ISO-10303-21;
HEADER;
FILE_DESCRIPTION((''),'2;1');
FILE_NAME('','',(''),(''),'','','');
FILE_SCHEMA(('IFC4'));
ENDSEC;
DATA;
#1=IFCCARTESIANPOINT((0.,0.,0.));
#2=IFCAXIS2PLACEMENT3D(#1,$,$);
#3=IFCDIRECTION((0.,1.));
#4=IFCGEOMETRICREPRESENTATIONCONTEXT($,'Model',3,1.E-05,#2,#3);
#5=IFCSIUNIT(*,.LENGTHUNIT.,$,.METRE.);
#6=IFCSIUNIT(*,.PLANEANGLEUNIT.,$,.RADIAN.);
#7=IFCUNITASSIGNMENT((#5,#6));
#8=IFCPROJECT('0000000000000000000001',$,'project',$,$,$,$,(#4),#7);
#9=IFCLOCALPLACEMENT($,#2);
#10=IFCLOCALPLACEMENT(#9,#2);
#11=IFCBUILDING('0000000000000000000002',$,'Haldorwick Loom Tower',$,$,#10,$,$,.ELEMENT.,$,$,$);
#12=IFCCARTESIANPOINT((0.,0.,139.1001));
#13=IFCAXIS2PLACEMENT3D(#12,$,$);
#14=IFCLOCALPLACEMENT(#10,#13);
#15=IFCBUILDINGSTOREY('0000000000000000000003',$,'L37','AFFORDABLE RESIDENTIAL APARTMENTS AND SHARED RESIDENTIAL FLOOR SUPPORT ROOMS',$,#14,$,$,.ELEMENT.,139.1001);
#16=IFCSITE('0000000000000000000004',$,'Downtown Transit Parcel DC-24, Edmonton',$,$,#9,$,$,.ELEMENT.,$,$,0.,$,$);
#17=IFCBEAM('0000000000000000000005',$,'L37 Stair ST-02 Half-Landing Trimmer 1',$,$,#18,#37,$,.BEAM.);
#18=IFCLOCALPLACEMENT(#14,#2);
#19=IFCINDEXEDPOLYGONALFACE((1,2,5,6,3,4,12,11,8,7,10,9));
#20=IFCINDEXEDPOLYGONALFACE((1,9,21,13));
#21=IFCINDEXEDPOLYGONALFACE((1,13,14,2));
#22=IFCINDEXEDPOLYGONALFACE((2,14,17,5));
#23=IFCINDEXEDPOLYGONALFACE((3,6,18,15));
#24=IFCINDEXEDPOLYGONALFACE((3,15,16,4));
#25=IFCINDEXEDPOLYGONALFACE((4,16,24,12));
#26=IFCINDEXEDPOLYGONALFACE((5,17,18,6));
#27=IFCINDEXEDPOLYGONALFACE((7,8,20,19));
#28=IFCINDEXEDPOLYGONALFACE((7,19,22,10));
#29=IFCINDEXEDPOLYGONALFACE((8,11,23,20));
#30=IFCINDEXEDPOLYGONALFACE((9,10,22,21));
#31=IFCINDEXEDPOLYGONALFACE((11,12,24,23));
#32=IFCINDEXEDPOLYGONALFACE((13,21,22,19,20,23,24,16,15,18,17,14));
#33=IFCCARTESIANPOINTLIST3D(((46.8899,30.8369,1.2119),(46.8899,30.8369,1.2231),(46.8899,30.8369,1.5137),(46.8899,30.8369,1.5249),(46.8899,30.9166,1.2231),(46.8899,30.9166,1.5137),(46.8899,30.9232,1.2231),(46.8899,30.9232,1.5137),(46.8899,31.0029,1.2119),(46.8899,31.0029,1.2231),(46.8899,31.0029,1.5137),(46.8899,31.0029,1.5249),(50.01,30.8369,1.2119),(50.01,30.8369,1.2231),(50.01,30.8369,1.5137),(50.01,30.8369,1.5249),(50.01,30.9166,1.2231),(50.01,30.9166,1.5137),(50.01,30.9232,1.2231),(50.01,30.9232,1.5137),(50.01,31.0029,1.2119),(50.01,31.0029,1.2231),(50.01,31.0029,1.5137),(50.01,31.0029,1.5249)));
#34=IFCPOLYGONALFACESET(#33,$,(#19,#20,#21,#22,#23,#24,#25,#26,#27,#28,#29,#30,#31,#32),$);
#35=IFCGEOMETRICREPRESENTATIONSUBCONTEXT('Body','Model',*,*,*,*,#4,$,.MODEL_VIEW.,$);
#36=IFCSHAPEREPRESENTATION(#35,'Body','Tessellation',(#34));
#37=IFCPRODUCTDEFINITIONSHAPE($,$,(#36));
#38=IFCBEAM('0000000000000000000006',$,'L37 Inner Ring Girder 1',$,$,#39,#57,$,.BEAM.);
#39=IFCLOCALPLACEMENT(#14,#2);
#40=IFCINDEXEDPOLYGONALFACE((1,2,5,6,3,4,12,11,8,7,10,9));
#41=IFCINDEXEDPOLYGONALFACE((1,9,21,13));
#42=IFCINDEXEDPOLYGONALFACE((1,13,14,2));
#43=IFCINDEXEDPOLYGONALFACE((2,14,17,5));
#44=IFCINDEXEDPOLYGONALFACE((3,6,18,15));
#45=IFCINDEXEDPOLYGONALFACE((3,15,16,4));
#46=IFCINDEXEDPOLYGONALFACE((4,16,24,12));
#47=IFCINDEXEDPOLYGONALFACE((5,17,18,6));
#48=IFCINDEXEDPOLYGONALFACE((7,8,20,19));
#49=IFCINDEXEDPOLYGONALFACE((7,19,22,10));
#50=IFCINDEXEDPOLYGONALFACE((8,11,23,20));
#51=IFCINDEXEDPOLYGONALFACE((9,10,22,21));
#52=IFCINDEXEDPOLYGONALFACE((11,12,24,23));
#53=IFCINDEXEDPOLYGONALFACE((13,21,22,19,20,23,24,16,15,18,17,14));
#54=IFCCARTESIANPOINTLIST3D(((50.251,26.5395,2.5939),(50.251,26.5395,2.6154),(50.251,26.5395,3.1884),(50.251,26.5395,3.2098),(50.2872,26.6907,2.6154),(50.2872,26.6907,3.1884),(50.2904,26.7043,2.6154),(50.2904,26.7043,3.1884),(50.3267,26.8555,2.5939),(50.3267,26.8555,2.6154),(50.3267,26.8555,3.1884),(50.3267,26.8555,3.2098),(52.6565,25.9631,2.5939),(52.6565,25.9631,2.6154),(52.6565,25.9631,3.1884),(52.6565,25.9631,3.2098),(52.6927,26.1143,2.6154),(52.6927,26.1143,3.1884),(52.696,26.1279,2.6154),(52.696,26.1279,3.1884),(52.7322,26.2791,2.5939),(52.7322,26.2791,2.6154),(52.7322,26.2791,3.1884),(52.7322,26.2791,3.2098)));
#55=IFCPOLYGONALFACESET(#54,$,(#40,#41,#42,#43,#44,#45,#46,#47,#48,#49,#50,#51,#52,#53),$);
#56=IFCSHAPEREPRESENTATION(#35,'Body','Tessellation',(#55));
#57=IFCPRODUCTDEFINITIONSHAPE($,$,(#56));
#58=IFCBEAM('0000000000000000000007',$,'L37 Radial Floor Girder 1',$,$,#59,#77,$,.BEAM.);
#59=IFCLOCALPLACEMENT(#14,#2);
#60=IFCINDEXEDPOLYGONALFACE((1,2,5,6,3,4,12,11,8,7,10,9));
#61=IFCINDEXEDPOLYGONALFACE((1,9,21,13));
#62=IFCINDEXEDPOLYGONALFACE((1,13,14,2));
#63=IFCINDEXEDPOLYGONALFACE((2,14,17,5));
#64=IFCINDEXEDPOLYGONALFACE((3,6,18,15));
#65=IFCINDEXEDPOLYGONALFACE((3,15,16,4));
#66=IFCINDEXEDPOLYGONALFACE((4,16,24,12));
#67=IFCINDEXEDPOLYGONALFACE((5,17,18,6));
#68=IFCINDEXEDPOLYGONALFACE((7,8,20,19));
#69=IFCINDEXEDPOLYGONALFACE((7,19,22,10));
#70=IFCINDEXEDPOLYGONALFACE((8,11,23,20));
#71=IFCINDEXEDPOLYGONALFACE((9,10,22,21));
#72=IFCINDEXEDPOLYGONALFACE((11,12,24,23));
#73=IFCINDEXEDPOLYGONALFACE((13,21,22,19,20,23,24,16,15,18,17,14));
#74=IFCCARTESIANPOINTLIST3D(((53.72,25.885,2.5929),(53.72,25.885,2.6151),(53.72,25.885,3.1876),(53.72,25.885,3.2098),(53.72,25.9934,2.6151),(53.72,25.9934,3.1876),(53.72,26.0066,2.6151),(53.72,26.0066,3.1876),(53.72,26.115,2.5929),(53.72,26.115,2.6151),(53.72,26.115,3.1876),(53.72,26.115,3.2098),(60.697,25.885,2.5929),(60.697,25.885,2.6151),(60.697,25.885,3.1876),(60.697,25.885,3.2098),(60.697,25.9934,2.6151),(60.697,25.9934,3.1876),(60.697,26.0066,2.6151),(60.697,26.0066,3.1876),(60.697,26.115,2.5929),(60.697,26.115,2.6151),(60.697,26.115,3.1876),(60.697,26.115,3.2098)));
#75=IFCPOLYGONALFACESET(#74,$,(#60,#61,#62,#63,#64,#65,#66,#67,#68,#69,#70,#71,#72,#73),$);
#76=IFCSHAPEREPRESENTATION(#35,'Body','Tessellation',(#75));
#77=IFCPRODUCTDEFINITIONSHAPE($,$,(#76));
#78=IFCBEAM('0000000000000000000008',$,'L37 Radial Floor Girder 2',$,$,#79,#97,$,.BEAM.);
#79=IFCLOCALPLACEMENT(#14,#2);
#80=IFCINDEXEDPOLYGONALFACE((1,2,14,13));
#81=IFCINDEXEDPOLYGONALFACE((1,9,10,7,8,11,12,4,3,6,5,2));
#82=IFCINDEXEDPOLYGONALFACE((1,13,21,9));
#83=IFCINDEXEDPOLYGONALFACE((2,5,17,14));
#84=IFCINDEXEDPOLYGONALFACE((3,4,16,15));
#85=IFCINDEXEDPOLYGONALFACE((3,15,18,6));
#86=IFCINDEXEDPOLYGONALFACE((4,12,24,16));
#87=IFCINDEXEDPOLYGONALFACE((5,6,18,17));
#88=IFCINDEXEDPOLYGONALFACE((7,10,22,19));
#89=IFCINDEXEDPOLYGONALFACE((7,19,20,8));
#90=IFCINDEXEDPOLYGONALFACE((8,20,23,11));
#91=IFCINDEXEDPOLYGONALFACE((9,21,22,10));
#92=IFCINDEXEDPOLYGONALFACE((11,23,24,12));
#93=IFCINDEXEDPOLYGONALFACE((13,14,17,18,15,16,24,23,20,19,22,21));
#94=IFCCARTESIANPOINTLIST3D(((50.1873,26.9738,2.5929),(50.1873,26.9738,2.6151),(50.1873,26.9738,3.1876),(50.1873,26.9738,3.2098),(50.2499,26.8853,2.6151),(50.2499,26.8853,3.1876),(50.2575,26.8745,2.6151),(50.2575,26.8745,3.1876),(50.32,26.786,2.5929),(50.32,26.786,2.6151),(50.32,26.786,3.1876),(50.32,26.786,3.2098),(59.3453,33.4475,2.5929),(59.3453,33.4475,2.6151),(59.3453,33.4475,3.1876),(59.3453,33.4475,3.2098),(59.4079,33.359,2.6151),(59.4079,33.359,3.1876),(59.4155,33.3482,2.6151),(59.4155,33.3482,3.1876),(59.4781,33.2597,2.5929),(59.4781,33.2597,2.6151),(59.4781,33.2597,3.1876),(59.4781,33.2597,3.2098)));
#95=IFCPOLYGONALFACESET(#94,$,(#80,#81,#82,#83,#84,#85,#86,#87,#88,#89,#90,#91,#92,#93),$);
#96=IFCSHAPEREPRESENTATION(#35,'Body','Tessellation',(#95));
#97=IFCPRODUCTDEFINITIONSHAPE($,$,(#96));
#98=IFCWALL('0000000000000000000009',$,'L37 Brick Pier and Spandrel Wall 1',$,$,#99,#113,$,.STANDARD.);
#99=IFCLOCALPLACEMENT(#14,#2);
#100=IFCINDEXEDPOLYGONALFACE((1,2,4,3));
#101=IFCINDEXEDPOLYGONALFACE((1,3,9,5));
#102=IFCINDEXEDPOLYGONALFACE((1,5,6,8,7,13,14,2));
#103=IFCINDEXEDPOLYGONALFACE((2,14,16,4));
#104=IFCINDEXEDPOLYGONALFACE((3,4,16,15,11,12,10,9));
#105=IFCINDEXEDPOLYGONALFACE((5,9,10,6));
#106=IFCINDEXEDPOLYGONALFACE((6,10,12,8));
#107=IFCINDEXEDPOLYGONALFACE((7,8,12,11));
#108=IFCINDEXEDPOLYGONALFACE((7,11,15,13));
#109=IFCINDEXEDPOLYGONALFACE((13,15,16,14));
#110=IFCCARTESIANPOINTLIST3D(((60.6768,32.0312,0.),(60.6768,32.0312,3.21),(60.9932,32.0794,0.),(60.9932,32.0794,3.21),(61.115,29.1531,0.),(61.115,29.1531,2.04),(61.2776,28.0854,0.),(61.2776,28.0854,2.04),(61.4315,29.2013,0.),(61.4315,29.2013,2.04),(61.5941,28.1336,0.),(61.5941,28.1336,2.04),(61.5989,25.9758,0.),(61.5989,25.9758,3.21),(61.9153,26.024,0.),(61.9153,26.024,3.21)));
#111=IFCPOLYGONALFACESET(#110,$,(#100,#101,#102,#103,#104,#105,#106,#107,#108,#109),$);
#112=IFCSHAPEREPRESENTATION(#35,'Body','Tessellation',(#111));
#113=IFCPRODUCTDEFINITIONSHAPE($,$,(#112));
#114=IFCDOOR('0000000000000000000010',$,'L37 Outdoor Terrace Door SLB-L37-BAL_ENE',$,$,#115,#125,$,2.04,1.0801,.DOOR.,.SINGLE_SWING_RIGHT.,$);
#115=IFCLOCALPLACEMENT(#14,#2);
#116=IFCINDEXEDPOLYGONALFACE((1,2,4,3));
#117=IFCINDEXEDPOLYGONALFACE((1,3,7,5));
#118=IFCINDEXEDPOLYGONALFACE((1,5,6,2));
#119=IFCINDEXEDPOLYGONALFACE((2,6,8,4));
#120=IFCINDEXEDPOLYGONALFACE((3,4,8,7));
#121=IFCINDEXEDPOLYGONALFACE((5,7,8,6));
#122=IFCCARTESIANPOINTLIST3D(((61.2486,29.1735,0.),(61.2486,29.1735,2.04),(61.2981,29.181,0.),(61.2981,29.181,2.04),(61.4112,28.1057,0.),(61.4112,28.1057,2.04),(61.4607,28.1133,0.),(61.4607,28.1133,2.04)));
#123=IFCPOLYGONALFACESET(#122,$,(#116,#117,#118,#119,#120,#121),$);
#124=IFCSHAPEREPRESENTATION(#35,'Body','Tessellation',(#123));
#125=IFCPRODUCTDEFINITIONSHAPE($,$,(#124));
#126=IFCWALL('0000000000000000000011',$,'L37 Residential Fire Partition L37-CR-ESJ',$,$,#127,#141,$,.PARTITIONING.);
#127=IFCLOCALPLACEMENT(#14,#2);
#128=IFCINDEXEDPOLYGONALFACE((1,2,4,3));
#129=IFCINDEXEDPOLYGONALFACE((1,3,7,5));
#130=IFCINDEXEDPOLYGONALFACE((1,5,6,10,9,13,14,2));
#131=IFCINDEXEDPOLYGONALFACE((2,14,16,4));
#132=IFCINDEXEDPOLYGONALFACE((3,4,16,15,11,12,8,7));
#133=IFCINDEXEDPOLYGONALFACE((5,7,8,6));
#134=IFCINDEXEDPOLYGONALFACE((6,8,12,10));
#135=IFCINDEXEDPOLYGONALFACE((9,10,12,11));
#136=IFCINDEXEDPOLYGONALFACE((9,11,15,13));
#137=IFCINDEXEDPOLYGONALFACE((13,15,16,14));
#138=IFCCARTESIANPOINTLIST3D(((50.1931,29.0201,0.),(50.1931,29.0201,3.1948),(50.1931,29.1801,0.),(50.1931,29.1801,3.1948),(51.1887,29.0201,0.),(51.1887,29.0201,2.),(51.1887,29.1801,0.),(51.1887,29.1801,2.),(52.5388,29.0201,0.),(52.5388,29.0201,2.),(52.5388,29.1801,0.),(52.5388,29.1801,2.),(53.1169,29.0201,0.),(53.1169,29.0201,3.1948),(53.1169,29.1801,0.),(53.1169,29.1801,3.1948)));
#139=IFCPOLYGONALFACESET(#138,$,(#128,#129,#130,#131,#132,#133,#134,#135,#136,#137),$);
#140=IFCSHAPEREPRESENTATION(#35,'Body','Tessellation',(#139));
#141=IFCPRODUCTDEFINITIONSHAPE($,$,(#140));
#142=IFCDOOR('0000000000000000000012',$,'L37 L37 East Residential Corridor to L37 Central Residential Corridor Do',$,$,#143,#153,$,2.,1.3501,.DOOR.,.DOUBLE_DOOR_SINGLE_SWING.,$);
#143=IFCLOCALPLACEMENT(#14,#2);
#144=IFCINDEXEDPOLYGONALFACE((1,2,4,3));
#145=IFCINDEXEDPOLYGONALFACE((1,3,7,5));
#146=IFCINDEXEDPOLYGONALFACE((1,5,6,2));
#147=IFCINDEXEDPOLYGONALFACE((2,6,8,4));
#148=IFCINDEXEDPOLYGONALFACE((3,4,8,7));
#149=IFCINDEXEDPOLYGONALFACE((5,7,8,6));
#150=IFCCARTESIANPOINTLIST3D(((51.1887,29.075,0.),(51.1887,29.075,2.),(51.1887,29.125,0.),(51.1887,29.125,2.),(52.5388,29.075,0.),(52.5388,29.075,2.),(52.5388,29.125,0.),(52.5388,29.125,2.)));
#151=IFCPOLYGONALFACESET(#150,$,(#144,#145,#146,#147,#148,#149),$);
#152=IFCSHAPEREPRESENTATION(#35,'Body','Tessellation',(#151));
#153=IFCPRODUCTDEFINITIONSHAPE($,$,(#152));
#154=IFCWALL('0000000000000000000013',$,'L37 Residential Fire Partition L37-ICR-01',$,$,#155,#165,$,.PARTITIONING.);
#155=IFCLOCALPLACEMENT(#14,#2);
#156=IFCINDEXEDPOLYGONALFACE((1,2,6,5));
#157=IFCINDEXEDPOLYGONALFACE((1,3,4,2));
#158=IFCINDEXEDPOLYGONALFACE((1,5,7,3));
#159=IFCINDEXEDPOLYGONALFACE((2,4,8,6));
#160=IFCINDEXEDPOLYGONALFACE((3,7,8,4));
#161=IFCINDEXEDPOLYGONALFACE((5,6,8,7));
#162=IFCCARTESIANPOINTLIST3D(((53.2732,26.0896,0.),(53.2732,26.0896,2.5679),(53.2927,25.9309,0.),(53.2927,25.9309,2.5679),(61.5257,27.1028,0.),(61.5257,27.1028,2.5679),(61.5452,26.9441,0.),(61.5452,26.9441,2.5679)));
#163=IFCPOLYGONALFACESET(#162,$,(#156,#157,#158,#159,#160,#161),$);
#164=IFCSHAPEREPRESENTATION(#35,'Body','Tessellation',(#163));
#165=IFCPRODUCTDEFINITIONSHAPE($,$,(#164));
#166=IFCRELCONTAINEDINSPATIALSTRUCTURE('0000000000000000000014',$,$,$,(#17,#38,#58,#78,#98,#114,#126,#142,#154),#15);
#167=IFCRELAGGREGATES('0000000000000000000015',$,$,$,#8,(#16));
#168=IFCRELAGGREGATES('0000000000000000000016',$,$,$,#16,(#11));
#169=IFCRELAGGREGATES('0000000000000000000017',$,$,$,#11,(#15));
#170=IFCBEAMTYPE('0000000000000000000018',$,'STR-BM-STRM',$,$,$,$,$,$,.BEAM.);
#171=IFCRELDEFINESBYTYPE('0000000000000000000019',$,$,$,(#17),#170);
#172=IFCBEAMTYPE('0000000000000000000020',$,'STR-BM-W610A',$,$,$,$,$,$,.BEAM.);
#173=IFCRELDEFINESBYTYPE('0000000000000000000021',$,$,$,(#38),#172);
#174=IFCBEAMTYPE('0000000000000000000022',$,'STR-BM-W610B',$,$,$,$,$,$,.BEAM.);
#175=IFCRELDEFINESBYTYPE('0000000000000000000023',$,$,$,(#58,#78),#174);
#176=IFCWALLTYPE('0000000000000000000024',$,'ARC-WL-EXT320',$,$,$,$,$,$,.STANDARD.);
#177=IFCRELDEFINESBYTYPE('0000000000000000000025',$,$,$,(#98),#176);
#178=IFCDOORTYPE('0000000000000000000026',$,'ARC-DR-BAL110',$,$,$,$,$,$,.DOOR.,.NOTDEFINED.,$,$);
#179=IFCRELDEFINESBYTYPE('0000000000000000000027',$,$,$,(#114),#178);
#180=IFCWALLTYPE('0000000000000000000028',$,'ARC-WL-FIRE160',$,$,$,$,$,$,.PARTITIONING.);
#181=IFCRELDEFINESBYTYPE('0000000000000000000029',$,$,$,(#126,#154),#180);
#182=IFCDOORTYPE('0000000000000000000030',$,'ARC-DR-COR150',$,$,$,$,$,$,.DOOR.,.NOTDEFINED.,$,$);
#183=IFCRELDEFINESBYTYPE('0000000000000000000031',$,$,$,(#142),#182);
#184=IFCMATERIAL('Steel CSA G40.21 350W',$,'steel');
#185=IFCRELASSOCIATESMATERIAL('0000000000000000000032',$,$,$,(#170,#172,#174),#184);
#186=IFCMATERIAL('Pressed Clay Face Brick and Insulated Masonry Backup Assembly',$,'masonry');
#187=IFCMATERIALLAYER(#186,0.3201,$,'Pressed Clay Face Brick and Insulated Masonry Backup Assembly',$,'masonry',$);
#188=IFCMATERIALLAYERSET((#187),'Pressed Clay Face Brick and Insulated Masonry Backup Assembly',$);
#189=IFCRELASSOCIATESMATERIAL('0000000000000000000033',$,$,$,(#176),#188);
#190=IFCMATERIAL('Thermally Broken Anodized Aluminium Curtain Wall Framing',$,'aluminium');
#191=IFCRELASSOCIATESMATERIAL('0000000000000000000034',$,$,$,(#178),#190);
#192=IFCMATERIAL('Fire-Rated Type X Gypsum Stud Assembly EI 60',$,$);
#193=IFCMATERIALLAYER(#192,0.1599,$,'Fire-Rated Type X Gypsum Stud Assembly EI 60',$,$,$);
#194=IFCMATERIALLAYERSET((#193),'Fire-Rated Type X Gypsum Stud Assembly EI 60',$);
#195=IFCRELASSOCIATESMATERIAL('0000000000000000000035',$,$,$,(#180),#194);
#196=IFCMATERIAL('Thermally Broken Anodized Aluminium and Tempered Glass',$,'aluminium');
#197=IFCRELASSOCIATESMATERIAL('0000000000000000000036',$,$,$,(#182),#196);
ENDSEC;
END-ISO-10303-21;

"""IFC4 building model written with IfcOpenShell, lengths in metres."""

from ifc_helpers import new_model, si_unit, direction, frame, frame_2d, origin, origin_2d, place, context, subcontext, project, spatial, rectangle, i_section, extrude, material, layer, layer_set, material_profile, profile_set, type_object, element, fill, save


model = new_model("IFC4")

# Units and contexts
model_context = context("Model", 3, precision=1e-05, world=origin(), true_north=direction((0.0, 1.0)))
body_context = subcontext(model_context, "Body", "Model", "MODEL_VIEW")
ifc_project = project(units=[si_unit("LENGTHUNIT", "METRE"), si_unit("PLANEANGLEUNIT", "RADIAN")], contexts=[model_context])

# Site, building, storey
site_placement = place(None, origin())
site = spatial("IfcSite", under=ifc_project, at=site_placement, Name="Downtown Transit Parcel DC-24, Edmonton", CompositionType="ELEMENT", RefElevation=0.0)
building_placement = place(site_placement, origin())
building = spatial("IfcBuilding", under=site, at=building_placement, Name="Haldorwick Loom Tower", CompositionType="ELEMENT")
storey_placement = place(building_placement, frame((0.0, 0.0, 139.1001)))
storey = spatial("IfcBuildingStorey", under=building, at=storey_placement, Name="L37", Description="AFFORDABLE RESIDENTIAL APARTMENTS AND SHARED RESIDENTIAL FLOOR SUPPORT ROOMS", CompositionType="ELEMENT", Elevation=139.1001)

# Beams
ifc_material_1 = material(Name="Steel CSA G40.21 350W", Category="steel")
ifc_material_profile_1 = material_profile(ifc_material_1, i_section(OverallWidth=0.166, OverallDepth=0.313, WebThickness=0.0066, FlangeThickness=0.0112, at=origin_2d()), Name="W310X45", Category="steel")
ifc_profile_set_1 = profile_set([ifc_material_profile_1], Name="Steel CSA G40.21 350W")
beam_type_1 = type_object("IfcBeamType", Name="STR-BM-STRM", PredefinedType="BEAM", material=ifc_profile_set_1)
beam_1_placement = place(storey_placement, frame((46.8899, 30.9199, 1.3684), z_axis=(1.0, 0.0, 0.0), x_axis=(0.0, 1.0, 0.0)))
element("IfcBeam", 1, at=beam_1_placement, inside=storey, type_object=beam_type_1, Name="L37 Stair ST-02 Half-Landing Trimmer 1", PredefinedType="BEAM", context=body_context, shape_type="SweptSolid", body=[
    extrude(i_section(OverallWidth=0.166, OverallDepth=0.313, WebThickness=0.0066, FlangeThickness=0.0112, at=origin_2d()), origin(), (0.0, 0.0, 1.0), 3.1201),
])
ifc_material_profile_2 = material_profile(ifc_material_1, i_section(OverallWidth=0.325, OverallDepth=0.616, WebThickness=0.0139, FlangeThickness=0.0215, at=origin_2d()), Name="W610X174", Category="steel")
ifc_profile_set_2 = profile_set([ifc_material_profile_2], Name="Steel CSA G40.21 350W")
beam_type_2 = type_object("IfcBeamType", Name="STR-BM-W610A", PredefinedType="BEAM", material=ifc_profile_set_2)
beam_2_placement = place(storey_placement, frame((50.2888, 26.6975, 2.9019), z_axis=(0.972471, -0.233026, 0.0), x_axis=(0.233026, 0.972471, 0.0)))
element("IfcBeam", 2, at=beam_2_placement, inside=storey, type_object=beam_type_2, Name="L37 Inner Ring Girder 1", PredefinedType="BEAM", context=body_context, shape_type="SweptSolid", body=[
    extrude(i_section(OverallWidth=0.325, OverallDepth=0.616, WebThickness=0.0139, FlangeThickness=0.0215, at=origin_2d()), origin(), (0.0, 0.0, 1.0), 2.4736),
])
ifc_material_profile_3 = material_profile(ifc_material_1, i_section(OverallWidth=0.23, OverallDepth=0.6169, WebThickness=0.0132, FlangeThickness=0.0222, at=origin_2d()), Name="W610X140", Category="steel")
ifc_profile_set_3 = profile_set([ifc_material_profile_3], Name="Steel CSA G40.21 350W")
beam_type_3 = type_object("IfcBeamType", Name="STR-BM-W610B", PredefinedType="BEAM", material=ifc_profile_set_3)
beam_3_placement = place(storey_placement, frame((53.72, 26.0, 2.9014), z_axis=(1.0, 0.0, 0.0), x_axis=(0.0, 1.0, 0.0)))
element("IfcBeam", 3, at=beam_3_placement, inside=storey, type_object=beam_type_3, Name="L37 Radial Floor Girder 1", PredefinedType="BEAM", context=body_context, shape_type="SweptSolid", body=[
    extrude(i_section(OverallWidth=0.23, OverallDepth=0.6169, WebThickness=0.0132, FlangeThickness=0.0222, at=origin_2d()), origin(), (0.0, 0.0, 1.0), 6.9771),
])
beam_4_placement = place(storey_placement, frame((50.2537, 26.8799, 2.9014), z_axis=(0.816582, 0.57723, 0.0), x_axis=(-0.57723, 0.816582, 0.0)))
element("IfcBeam", 4, at=beam_4_placement, inside=storey, type_object=beam_type_3, Name="L37 Radial Floor Girder 2", PredefinedType="BEAM", context=body_context, shape_type="SweptSolid", body=[
    extrude(i_section(OverallWidth=0.23, OverallDepth=0.6169, WebThickness=0.0132, FlangeThickness=0.0222, at=origin_2d()), origin(), (0.0, 0.0, 1.0), 11.2151),
])

# Walls, openings, doors
ifc_material_2 = material(Name="Pressed Clay Face Brick and Insulated Masonry Backup Assembly", Category="masonry")
ifc_layer_1 = layer(ifc_material_2, 0.3201, Name="Pressed Clay Face Brick and Insulated Masonry Backup Assembly", Category="masonry")
ifc_layer_set_1 = layer_set([ifc_layer_1], Name="Pressed Clay Face Brick and Insulated Masonry Backup Assembly")
wall_type_1 = type_object("IfcWallType", Name="ARC-WL-EXT320", PredefinedType="STANDARD", material=ifc_layer_set_1)
wall_1_placement = place(storey_placement, frame((61.7571, 26.0, 0.0), z_axis=(0.0, 0.0, 1.0), x_axis=(-0.150544, 0.988603, 0.0)))
wall_1 = element("IfcWall", 5, at=wall_1_placement, inside=storey, type_object=wall_type_1, Name="L37 Brick Pier and Spandrel Wall 1", PredefinedType="STANDARD", context=body_context, shape_type="SweptSolid", body=[
    extrude(rectangle(XDim=6.1252, YDim=0.3201, at=frame_2d((3.0625, 0.0))), origin(), (0.0, 0.0, 1.0), 3.21),
])
opening_1_placement = place(wall_1_placement, frame((2.1338, 0.0, 0.0)))
opening_1 = element("IfcOpeningElement", 6, at=opening_1_placement, cuts=wall_1, PredefinedType="OPENING", context=body_context, shape_type="SweptSolid", body=[
    extrude(rectangle(XDim=1.0801, YDim=2.04, at=frame_2d((0.54, 1.02))), frame((0.0, 0.1699, 0.0), z_axis=(0.0, -1.0, 0.0), x_axis=(1.0, 0.0, 0.0)), (0.0, 0.0, 1.0), 0.3401),
])
ifc_material_3 = material(Name="Thermally Broken Anodized Aluminium Curtain Wall Framing", Category="aluminium")
door_type_1 = type_object("IfcDoorType", Name="ARC-DR-BAL110", OperationType="NOTDEFINED", PredefinedType="DOOR", material=ifc_material_3)
door_1_placement = place(opening_1_placement, origin())
door_1 = element("IfcDoor", 7, at=door_1_placement, inside=storey, type_object=door_type_1, Name="L37 Outdoor Terrace Door SLB-L37-BAL_ENE", OperationType="SINGLE_SWING_RIGHT", OverallHeight=2.04, OverallWidth=1.0801, PredefinedType="DOOR", context=body_context, shape_type="SweptSolid", body=[
    extrude(rectangle(XDim=1.0801, YDim=2.04, at=frame_2d((0.54, 1.02))), frame((0.0, 0.0249, 0.0), z_axis=(0.0, -1.0, 0.0), x_axis=(1.0, 0.0, 0.0)), (0.0, 0.0, 1.0), 0.05),
])
fill(opening_1, door_1)
ifc_material_4 = material(Name="Fire-Rated Type X Gypsum Stud Assembly EI 60")
ifc_layer_2 = layer(ifc_material_4, 0.1599, Name="Fire-Rated Type X Gypsum Stud Assembly EI 60")
ifc_layer_set_2 = layer_set([ifc_layer_2], Name="Fire-Rated Type X Gypsum Stud Assembly EI 60")
wall_type_2 = type_object("IfcWallType", Name="ARC-WL-FIRE160", PredefinedType="PARTITIONING", material=ifc_layer_set_2)
wall_2_placement = place(storey_placement, frame((50.1931, 29.1001, 0.0), z_axis=(0.0, 0.0, 1.0), x_axis=(1.0, 0.0, 0.0)))
wall_2 = element("IfcWall", 8, at=wall_2_placement, inside=storey, type_object=wall_type_2, Name="L37 Residential Fire Partition L37-CR-ESJ", PredefinedType="PARTITIONING", context=body_context, shape_type="SweptSolid", body=[
    extrude(rectangle(XDim=2.9238, YDim=0.1599, at=frame_2d((1.4619, 0.0))), origin(), (0.0, 0.0, 1.0), 3.1948),
])
opening_2_placement = place(wall_2_placement, frame((0.9956, 0.0, 0.0)))
opening_2 = element("IfcOpeningElement", 9, at=opening_2_placement, cuts=wall_2, PredefinedType="OPENING", context=body_context, shape_type="SweptSolid", body=[
    extrude(rectangle(XDim=1.3501, YDim=2.0, at=frame_2d((0.675, 1.0))), frame((0.0, 0.0898, 0.0), z_axis=(0.0, -1.0, 0.0), x_axis=(1.0, 0.0, 0.0)), (0.0, 0.0, 1.0), 0.1799),
])
ifc_material_5 = material(Name="Thermally Broken Anodized Aluminium and Tempered Glass", Category="aluminium")
door_type_2 = type_object("IfcDoorType", Name="ARC-DR-COR150", OperationType="NOTDEFINED", PredefinedType="DOOR", material=ifc_material_5)
door_2_placement = place(opening_2_placement, origin())
door_2 = element("IfcDoor", 10, at=door_2_placement, inside=storey, type_object=door_type_2, Name="L37 L37 East Residential Corridor to L37 Central Residential Corridor Do", OperationType="DOUBLE_DOOR_SINGLE_SWING", OverallHeight=2.0, OverallWidth=1.3501, PredefinedType="DOOR", context=body_context, shape_type="SweptSolid", body=[
    extrude(rectangle(XDim=1.3501, YDim=2.0, at=frame_2d((0.675, 1.0))), frame((0.0, 0.0249, 0.0), z_axis=(0.0, -1.0, 0.0), x_axis=(1.0, 0.0, 0.0)), (0.0, 0.0, 1.0), 0.05),
])
fill(opening_2, door_2)

# Wall
wall_3_placement = place(storey_placement, frame((53.283, 26.0103, 0.0), z_axis=(0.0, 0.0, 1.0), x_axis=(0.992547, 0.121859, 0.0)))
element("IfcWall", 11, at=wall_3_placement, inside=storey, type_object=wall_type_2, Name="L37 Residential Fire Partition L37-ICR-01", PredefinedType="PARTITIONING", context=body_context, shape_type="SweptSolid", body=[
    extrude(rectangle(XDim=8.3145, YDim=0.1599, at=frame_2d((4.1572, 0.0))), origin(), (0.0, 0.0, 1.0), 2.5679),
])

save(model, "model.ifc")
